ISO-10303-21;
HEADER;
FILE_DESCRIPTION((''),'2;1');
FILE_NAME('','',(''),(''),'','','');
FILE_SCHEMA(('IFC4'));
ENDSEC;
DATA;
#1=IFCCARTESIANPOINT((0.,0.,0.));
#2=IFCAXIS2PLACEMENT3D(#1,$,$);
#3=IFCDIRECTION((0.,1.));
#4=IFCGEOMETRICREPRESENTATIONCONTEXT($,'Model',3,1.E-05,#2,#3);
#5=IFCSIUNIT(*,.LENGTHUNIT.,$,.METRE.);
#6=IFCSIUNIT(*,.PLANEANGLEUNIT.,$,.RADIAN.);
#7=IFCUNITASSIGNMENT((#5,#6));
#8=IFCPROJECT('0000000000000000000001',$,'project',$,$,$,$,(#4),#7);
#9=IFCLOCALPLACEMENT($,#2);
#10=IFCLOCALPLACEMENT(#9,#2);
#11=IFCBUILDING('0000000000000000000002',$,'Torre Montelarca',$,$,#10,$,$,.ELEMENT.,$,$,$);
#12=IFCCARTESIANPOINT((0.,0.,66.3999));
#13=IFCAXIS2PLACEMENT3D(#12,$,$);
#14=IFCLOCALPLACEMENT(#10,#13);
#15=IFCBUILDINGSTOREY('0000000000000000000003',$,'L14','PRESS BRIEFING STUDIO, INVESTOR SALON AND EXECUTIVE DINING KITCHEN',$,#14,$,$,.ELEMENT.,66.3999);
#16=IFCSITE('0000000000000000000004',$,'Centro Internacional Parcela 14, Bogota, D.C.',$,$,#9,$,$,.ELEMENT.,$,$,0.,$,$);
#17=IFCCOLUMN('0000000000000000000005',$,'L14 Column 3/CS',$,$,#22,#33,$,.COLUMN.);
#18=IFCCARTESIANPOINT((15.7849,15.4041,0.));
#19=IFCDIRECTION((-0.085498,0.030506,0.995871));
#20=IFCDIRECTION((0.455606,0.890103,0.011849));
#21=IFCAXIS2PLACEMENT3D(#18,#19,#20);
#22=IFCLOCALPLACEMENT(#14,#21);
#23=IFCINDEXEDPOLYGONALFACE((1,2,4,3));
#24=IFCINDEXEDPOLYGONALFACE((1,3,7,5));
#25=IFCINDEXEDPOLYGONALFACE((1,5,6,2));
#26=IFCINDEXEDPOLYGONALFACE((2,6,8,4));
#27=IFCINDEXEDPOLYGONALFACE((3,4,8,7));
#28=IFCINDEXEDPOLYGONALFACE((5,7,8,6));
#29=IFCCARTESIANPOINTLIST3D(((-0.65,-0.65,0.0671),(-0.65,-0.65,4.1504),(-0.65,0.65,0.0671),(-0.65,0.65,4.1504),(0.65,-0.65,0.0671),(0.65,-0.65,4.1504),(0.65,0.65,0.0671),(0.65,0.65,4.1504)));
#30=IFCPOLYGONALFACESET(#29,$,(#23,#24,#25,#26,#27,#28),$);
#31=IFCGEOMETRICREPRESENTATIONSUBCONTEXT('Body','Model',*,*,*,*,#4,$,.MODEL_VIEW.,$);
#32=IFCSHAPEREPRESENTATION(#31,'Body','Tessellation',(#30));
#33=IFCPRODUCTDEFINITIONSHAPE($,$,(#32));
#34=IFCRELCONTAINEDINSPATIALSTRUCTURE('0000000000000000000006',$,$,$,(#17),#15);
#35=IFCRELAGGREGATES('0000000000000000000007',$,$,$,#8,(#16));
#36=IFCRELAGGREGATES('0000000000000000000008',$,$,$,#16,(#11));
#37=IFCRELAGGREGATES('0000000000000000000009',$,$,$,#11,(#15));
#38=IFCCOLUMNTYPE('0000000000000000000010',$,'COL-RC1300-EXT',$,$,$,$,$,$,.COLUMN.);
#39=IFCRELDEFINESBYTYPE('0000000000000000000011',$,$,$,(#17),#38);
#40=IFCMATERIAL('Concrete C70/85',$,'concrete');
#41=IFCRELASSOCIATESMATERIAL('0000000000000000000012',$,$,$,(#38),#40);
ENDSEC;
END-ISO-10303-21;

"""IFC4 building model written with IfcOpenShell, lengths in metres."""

from ifc_helpers import new_model, si_unit, direction, frame, origin, origin_2d, place, context, subcontext, project, spatial, rectangle, extrude, clip, halfspace, material, material_profile, profile_set, type_object, element, save


model = new_model("IFC4")

# Units and contexts
model_context = context("Model", 3, precision=1e-05, world=origin(), true_north=direction((0.0, 1.0)))
body_context = subcontext(model_context, "Body", "Model", "MODEL_VIEW")
ifc_project = project(units=[si_unit("LENGTHUNIT", "METRE"), si_unit("PLANEANGLEUNIT", "RADIAN")], contexts=[model_context])

# Site, building, storey
site_placement = place(None, origin())
site = spatial("IfcSite", under=ifc_project, at=site_placement, Name="Centro Internacional Parcela 14, Bogota, D.C.", CompositionType="ELEMENT", RefElevation=0.0)
building_placement = place(site_placement, origin())
building = spatial("IfcBuilding", under=site, at=building_placement, Name="Torre Montelarca", CompositionType="ELEMENT")
storey_placement = place(building_placement, frame((0.0, 0.0, 66.3999)))
storey = spatial("IfcBuildingStorey", under=building, at=storey_placement, Name="L14", Description="PRESS BRIEFING STUDIO, INVESTOR SALON AND EXECUTIVE DINING KITCHEN", CompositionType="ELEMENT", Elevation=66.3999)

# Column
ifc_material_1 = material(Name="Concrete C70/85", Category="concrete")
ifc_material_profile_1 = material_profile(ifc_material_1, rectangle(XDim=1.3, YDim=1.3, at=origin_2d()), Name="RC1300X1300", Category="concrete")
ifc_profile_set_1 = profile_set([ifc_material_profile_1], Name="Concrete C70/85")
column_type = type_object("IfcColumnType", Name="COL-RC1300-EXT", PredefinedType="COLUMN", material=ifc_profile_set_1)
column_placement = place(storey_placement, frame((15.7849, 15.4041, 0.0), z_axis=(-0.085498, 0.030506, 0.995871), x_axis=(0.455606, 0.890103, 0.011849)))
element("IfcColumn", 1, at=column_placement, inside=storey, type_object=column_type, Name="L14 Column 3/CS", PredefinedType="COLUMN", context=body_context, shape_type="Clipping", body=[
    clip(clip(extrude(rectangle(XDim=1.3, YDim=1.3, at=origin_2d()), origin(), (0.0, 0.0, 1.0), 4.2175), halfspace(frame((0.0, 0.0, 0.0671), z_axis=(0.0, 0.0, -1.0), x_axis=(1.0, 0.0, 0.0)), False)), halfspace(frame((0.0, 0.0, 4.1504), z_axis=(0.0, 0.0, 1.0), x_axis=(1.0, 0.0, 0.0)), False)),
])

save(model, "model.ifc")
